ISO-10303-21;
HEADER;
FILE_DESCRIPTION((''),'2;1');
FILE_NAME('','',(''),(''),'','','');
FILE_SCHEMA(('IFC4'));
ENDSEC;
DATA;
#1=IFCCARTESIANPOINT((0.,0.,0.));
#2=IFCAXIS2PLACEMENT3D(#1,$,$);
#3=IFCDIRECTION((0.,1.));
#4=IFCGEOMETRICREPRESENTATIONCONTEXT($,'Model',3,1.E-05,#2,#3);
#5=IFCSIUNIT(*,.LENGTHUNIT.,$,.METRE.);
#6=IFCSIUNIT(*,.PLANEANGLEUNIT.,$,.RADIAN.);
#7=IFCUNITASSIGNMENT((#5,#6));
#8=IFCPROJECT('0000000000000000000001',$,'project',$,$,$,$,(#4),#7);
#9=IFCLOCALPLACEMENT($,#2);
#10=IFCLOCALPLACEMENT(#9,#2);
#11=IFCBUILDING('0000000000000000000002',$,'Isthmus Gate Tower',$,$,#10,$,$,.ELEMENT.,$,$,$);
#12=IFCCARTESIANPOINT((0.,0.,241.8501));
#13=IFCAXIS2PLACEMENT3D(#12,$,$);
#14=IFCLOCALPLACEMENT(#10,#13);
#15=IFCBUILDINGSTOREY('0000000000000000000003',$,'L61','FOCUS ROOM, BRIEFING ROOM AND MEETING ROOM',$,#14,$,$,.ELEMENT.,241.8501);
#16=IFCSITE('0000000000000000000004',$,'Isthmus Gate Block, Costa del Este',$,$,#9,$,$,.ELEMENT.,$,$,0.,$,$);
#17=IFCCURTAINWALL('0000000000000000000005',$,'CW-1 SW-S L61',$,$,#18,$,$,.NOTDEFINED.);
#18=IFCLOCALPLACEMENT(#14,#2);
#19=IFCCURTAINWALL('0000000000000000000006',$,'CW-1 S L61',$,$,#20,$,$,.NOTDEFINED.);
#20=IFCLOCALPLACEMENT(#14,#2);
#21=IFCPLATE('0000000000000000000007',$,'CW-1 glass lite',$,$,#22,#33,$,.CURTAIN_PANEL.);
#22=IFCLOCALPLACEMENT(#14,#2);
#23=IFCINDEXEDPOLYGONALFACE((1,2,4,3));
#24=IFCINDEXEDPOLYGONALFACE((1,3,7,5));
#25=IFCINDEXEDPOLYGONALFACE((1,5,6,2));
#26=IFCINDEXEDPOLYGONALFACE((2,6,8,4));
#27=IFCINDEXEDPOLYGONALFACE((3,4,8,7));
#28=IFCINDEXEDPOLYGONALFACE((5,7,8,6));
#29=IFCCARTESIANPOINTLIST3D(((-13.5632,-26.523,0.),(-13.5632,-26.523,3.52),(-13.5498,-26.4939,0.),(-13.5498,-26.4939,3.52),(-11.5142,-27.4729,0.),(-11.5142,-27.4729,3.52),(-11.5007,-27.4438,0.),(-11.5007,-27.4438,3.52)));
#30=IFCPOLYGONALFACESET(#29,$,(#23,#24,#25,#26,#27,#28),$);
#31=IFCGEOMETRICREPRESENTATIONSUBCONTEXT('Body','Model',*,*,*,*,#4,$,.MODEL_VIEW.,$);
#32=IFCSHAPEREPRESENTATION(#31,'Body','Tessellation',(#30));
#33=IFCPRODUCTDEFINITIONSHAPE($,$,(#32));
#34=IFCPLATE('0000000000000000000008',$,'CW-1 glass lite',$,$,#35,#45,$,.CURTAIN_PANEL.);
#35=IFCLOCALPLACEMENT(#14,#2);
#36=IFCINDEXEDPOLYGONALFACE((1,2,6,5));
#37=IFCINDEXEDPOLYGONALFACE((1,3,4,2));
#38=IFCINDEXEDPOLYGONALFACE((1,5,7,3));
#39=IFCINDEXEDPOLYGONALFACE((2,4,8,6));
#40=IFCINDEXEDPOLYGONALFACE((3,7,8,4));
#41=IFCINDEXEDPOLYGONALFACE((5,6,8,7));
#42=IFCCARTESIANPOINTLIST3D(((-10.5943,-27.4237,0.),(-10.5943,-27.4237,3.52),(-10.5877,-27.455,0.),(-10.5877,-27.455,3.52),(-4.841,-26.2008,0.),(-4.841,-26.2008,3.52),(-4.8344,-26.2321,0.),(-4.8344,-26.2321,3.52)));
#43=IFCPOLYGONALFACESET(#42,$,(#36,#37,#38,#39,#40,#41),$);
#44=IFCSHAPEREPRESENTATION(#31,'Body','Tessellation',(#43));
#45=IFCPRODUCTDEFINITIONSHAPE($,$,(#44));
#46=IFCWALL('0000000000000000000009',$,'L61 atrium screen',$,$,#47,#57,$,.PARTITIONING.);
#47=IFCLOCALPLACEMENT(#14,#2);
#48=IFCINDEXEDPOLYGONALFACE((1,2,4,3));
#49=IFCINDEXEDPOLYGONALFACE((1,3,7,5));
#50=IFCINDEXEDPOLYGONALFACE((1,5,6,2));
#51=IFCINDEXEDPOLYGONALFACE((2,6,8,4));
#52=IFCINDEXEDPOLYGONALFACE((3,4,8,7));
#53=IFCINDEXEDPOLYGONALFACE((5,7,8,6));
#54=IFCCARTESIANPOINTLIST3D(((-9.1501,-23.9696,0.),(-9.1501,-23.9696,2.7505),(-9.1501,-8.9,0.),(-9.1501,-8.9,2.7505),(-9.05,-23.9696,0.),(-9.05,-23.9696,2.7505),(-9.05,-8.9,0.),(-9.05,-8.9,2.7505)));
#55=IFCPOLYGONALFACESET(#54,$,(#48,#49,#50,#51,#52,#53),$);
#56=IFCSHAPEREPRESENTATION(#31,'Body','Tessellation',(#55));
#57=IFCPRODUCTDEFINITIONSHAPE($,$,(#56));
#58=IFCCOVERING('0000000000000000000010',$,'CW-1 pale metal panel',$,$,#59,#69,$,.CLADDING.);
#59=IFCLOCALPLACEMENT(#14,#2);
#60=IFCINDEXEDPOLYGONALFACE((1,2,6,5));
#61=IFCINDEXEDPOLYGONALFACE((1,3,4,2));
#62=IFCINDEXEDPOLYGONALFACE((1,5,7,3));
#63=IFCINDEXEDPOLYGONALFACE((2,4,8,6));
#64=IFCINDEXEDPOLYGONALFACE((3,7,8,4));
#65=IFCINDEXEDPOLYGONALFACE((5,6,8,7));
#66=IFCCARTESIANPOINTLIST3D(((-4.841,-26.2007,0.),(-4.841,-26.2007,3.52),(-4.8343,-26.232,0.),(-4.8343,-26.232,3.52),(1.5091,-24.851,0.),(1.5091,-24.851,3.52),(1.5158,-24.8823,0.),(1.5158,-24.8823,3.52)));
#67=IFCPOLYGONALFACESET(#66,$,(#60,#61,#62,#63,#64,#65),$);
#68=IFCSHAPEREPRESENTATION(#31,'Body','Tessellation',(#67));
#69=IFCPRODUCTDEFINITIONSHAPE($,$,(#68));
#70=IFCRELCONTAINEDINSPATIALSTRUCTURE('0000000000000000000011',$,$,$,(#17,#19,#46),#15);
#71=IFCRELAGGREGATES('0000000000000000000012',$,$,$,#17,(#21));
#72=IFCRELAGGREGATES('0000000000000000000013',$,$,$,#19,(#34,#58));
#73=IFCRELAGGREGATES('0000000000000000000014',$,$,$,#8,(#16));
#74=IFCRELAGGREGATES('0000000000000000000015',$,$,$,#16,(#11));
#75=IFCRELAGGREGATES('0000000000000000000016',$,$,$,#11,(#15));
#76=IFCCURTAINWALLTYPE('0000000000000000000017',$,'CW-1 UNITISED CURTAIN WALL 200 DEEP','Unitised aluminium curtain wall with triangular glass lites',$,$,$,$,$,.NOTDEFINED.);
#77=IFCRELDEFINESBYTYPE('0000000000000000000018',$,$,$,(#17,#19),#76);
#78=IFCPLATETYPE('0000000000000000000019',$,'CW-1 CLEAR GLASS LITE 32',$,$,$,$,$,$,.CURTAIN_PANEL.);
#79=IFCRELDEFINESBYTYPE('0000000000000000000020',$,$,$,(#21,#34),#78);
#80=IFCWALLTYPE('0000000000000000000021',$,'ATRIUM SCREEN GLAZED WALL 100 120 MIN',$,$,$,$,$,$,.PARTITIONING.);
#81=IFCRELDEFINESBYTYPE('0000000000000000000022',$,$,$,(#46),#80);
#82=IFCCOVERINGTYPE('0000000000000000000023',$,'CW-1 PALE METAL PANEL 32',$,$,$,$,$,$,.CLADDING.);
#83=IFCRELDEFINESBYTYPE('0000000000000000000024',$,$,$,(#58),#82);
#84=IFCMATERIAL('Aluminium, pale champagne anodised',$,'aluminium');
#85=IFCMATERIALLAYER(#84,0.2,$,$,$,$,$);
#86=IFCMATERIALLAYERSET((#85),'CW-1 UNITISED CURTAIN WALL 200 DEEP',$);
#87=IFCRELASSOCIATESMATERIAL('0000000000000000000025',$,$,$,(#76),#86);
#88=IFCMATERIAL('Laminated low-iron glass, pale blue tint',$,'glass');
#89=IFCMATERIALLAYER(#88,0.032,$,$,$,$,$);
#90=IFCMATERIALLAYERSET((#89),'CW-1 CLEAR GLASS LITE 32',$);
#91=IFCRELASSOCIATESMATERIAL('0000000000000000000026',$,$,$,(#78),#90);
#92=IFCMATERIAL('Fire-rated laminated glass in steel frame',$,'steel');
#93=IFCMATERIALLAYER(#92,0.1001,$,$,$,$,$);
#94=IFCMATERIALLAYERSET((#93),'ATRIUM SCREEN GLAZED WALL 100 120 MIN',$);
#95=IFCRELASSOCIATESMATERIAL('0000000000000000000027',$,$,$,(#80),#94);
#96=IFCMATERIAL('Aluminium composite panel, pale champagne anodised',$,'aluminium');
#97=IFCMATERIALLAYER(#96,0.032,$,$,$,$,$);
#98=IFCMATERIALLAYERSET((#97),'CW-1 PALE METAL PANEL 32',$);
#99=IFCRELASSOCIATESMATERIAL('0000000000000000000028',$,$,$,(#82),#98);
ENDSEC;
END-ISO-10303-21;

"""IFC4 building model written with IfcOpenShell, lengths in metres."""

from ifc_helpers import new_model, si_unit, direction, frame, frame_2d, origin, origin_2d, place, context, subcontext, project, spatial, rectangle, extrude, material, layer, layer_set, type_object, element, aggregate, save


model = new_model("IFC4")

# Units and contexts
model_context = context("Model", 3, precision=1e-05, world=origin(), true_north=direction((0.0, 1.0)))
body_context = subcontext(model_context, "Body", "Model", "MODEL_VIEW")
ifc_project = project(units=[si_unit("LENGTHUNIT", "METRE"), si_unit("PLANEANGLEUNIT", "RADIAN")], contexts=[model_context])

# Site, building, storey
site_placement = place(None, origin())
site = spatial("IfcSite", under=ifc_project, at=site_placement, Name="Isthmus Gate Block, Costa del Este", CompositionType="ELEMENT", RefElevation=0.0)
building_placement = place(site_placement, origin())
building = spatial("IfcBuilding", under=site, at=building_placement, Name="Isthmus Gate Tower", CompositionType="ELEMENT")
storey_placement = place(building_placement, frame((0.0, 0.0, 241.8501)))
storey = spatial("IfcBuildingStorey", under=building, at=storey_placement, Name="L61", Description="FOCUS ROOM, BRIEFING ROOM AND MEETING ROOM", CompositionType="ELEMENT", Elevation=241.8501)

# Curtain walls
ifc_material_1 = material(Name="Aluminium, pale champagne anodised", Category="aluminium")
ifc_layer_1 = layer(ifc_material_1, 0.2)
ifc_layer_set_1 = layer_set([ifc_layer_1], Name="CW-1 UNITISED CURTAIN WALL 200 DEEP")
curtain_wall_type = type_object("IfcCurtainWallType", Name="CW-1 UNITISED CURTAIN WALL 200 DEEP", Description="Unitised aluminium curtain wall with triangular glass lites", PredefinedType="NOTDEFINED", material=ifc_layer_set_1)
curtain_wall_1_placement = place(storey_placement, origin())
curtain_wall_1 = element("IfcCurtainWall", 1, at=curtain_wall_1_placement, inside=storey, type_object=curtain_wall_type, Name="CW-1 SW-S L61", PredefinedType="NOTDEFINED")
curtain_wall_2_placement = place(storey_placement, origin())
curtain_wall_2 = element("IfcCurtainWall", 2, at=curtain_wall_2_placement, inside=storey, type_object=curtain_wall_type, Name="CW-1 S L61", PredefinedType="NOTDEFINED")

# Plates
ifc_material_2 = material(Name="Laminated low-iron glass, pale blue tint", Category="glass")
ifc_layer_2 = layer(ifc_material_2, 0.032)
ifc_layer_set_2 = layer_set([ifc_layer_2], Name="CW-1 CLEAR GLASS LITE 32")
plate_type = type_object("IfcPlateType", Name="CW-1 CLEAR GLASS LITE 32", PredefinedType="CURTAIN_PANEL", material=ifc_layer_set_2)
plate_1_placement = place(storey_placement, frame((-12.532, -26.9834, 0.0), z_axis=(0.0, 0.0, 1.0), x_axis=(0.907256, -0.420578, 0.0)))
plate_1 = element("IfcPlate", 3, at=plate_1_placement, type_object=plate_type, Name="CW-1 glass lite", PredefinedType="CURTAIN_PANEL", context=body_context, shape_type="SweptSolid", body=[
    extrude(rectangle(XDim=2.2585, YDim=0.032, at=origin_2d()), origin(), (0.0, 0.0, 1.0), 3.52),
])
aggregate(curtain_wall_1, [plate_1])
plate_2_placement = place(storey_placement, frame((-7.7144, -26.8279, 0.0), z_axis=(0.0, 0.0, 1.0), x_axis=(0.978148, 0.207912, 0.0)))
plate_2 = element("IfcPlate", 4, at=plate_2_placement, type_object=plate_type, Name="CW-1 glass lite", PredefinedType="CURTAIN_PANEL", context=body_context, shape_type="SweptSolid", body=[
    extrude(rectangle(XDim=5.8818, YDim=0.032, at=origin_2d()), origin(), (0.0, 0.0, 1.0), 3.52),
])

# Wall
ifc_material_3 = material(Name="Fire-rated laminated glass in steel frame", Category="steel")
ifc_layer_3 = layer(ifc_material_3, 0.1001)
ifc_layer_set_3 = layer_set([ifc_layer_3], Name="ATRIUM SCREEN GLAZED WALL 100 120 MIN")
wall_type = type_object("IfcWallType", Name="ATRIUM SCREEN GLAZED WALL 100 120 MIN", PredefinedType="PARTITIONING", material=ifc_layer_set_3)
wall_placement = place(storey_placement, frame((-9.1001, -23.9695, 0.0), z_axis=(0.0, 0.0, 1.0), x_axis=(0.0, 1.0, 0.0)))
element("IfcWall", 5, at=wall_placement, inside=storey, type_object=wall_type, Name="L61 atrium screen", PredefinedType="PARTITIONING", context=body_context, shape_type="SweptSolid", body=[
    extrude(rectangle(XDim=15.0696, YDim=0.1001, at=frame_2d((7.5347, 0.0))), origin(), (0.0, 0.0, 1.0), 2.7505),
])

# Covering
ifc_material_4 = material(Name="Aluminium composite panel, pale champagne anodised", Category="aluminium")
ifc_layer_4 = layer(ifc_material_4, 0.032)
ifc_layer_set_4 = layer_set([ifc_layer_4], Name="CW-1 PALE METAL PANEL 32")
covering_type = type_object("IfcCoveringType", Name="CW-1 PALE METAL PANEL 32", PredefinedType="CLADDING", material=ifc_layer_set_4)
covering_placement = place(storey_placement, frame((-1.6626, -25.5415, 0.0), z_axis=(0.0, 0.0, 1.0), x_axis=(0.978148, 0.207912, 0.0)))
covering = element("IfcCovering", 6, at=covering_placement, type_object=covering_type, Name="CW-1 pale metal panel", PredefinedType="CLADDING", context=body_context, shape_type="SweptSolid", body=[
    extrude(rectangle(XDim=6.4919, YDim=0.032, at=origin_2d()), origin(), (0.0, 0.0, 1.0), 3.52),
])
aggregate(curtain_wall_2, [plate_2, covering])

save(model, "model.ifc")
